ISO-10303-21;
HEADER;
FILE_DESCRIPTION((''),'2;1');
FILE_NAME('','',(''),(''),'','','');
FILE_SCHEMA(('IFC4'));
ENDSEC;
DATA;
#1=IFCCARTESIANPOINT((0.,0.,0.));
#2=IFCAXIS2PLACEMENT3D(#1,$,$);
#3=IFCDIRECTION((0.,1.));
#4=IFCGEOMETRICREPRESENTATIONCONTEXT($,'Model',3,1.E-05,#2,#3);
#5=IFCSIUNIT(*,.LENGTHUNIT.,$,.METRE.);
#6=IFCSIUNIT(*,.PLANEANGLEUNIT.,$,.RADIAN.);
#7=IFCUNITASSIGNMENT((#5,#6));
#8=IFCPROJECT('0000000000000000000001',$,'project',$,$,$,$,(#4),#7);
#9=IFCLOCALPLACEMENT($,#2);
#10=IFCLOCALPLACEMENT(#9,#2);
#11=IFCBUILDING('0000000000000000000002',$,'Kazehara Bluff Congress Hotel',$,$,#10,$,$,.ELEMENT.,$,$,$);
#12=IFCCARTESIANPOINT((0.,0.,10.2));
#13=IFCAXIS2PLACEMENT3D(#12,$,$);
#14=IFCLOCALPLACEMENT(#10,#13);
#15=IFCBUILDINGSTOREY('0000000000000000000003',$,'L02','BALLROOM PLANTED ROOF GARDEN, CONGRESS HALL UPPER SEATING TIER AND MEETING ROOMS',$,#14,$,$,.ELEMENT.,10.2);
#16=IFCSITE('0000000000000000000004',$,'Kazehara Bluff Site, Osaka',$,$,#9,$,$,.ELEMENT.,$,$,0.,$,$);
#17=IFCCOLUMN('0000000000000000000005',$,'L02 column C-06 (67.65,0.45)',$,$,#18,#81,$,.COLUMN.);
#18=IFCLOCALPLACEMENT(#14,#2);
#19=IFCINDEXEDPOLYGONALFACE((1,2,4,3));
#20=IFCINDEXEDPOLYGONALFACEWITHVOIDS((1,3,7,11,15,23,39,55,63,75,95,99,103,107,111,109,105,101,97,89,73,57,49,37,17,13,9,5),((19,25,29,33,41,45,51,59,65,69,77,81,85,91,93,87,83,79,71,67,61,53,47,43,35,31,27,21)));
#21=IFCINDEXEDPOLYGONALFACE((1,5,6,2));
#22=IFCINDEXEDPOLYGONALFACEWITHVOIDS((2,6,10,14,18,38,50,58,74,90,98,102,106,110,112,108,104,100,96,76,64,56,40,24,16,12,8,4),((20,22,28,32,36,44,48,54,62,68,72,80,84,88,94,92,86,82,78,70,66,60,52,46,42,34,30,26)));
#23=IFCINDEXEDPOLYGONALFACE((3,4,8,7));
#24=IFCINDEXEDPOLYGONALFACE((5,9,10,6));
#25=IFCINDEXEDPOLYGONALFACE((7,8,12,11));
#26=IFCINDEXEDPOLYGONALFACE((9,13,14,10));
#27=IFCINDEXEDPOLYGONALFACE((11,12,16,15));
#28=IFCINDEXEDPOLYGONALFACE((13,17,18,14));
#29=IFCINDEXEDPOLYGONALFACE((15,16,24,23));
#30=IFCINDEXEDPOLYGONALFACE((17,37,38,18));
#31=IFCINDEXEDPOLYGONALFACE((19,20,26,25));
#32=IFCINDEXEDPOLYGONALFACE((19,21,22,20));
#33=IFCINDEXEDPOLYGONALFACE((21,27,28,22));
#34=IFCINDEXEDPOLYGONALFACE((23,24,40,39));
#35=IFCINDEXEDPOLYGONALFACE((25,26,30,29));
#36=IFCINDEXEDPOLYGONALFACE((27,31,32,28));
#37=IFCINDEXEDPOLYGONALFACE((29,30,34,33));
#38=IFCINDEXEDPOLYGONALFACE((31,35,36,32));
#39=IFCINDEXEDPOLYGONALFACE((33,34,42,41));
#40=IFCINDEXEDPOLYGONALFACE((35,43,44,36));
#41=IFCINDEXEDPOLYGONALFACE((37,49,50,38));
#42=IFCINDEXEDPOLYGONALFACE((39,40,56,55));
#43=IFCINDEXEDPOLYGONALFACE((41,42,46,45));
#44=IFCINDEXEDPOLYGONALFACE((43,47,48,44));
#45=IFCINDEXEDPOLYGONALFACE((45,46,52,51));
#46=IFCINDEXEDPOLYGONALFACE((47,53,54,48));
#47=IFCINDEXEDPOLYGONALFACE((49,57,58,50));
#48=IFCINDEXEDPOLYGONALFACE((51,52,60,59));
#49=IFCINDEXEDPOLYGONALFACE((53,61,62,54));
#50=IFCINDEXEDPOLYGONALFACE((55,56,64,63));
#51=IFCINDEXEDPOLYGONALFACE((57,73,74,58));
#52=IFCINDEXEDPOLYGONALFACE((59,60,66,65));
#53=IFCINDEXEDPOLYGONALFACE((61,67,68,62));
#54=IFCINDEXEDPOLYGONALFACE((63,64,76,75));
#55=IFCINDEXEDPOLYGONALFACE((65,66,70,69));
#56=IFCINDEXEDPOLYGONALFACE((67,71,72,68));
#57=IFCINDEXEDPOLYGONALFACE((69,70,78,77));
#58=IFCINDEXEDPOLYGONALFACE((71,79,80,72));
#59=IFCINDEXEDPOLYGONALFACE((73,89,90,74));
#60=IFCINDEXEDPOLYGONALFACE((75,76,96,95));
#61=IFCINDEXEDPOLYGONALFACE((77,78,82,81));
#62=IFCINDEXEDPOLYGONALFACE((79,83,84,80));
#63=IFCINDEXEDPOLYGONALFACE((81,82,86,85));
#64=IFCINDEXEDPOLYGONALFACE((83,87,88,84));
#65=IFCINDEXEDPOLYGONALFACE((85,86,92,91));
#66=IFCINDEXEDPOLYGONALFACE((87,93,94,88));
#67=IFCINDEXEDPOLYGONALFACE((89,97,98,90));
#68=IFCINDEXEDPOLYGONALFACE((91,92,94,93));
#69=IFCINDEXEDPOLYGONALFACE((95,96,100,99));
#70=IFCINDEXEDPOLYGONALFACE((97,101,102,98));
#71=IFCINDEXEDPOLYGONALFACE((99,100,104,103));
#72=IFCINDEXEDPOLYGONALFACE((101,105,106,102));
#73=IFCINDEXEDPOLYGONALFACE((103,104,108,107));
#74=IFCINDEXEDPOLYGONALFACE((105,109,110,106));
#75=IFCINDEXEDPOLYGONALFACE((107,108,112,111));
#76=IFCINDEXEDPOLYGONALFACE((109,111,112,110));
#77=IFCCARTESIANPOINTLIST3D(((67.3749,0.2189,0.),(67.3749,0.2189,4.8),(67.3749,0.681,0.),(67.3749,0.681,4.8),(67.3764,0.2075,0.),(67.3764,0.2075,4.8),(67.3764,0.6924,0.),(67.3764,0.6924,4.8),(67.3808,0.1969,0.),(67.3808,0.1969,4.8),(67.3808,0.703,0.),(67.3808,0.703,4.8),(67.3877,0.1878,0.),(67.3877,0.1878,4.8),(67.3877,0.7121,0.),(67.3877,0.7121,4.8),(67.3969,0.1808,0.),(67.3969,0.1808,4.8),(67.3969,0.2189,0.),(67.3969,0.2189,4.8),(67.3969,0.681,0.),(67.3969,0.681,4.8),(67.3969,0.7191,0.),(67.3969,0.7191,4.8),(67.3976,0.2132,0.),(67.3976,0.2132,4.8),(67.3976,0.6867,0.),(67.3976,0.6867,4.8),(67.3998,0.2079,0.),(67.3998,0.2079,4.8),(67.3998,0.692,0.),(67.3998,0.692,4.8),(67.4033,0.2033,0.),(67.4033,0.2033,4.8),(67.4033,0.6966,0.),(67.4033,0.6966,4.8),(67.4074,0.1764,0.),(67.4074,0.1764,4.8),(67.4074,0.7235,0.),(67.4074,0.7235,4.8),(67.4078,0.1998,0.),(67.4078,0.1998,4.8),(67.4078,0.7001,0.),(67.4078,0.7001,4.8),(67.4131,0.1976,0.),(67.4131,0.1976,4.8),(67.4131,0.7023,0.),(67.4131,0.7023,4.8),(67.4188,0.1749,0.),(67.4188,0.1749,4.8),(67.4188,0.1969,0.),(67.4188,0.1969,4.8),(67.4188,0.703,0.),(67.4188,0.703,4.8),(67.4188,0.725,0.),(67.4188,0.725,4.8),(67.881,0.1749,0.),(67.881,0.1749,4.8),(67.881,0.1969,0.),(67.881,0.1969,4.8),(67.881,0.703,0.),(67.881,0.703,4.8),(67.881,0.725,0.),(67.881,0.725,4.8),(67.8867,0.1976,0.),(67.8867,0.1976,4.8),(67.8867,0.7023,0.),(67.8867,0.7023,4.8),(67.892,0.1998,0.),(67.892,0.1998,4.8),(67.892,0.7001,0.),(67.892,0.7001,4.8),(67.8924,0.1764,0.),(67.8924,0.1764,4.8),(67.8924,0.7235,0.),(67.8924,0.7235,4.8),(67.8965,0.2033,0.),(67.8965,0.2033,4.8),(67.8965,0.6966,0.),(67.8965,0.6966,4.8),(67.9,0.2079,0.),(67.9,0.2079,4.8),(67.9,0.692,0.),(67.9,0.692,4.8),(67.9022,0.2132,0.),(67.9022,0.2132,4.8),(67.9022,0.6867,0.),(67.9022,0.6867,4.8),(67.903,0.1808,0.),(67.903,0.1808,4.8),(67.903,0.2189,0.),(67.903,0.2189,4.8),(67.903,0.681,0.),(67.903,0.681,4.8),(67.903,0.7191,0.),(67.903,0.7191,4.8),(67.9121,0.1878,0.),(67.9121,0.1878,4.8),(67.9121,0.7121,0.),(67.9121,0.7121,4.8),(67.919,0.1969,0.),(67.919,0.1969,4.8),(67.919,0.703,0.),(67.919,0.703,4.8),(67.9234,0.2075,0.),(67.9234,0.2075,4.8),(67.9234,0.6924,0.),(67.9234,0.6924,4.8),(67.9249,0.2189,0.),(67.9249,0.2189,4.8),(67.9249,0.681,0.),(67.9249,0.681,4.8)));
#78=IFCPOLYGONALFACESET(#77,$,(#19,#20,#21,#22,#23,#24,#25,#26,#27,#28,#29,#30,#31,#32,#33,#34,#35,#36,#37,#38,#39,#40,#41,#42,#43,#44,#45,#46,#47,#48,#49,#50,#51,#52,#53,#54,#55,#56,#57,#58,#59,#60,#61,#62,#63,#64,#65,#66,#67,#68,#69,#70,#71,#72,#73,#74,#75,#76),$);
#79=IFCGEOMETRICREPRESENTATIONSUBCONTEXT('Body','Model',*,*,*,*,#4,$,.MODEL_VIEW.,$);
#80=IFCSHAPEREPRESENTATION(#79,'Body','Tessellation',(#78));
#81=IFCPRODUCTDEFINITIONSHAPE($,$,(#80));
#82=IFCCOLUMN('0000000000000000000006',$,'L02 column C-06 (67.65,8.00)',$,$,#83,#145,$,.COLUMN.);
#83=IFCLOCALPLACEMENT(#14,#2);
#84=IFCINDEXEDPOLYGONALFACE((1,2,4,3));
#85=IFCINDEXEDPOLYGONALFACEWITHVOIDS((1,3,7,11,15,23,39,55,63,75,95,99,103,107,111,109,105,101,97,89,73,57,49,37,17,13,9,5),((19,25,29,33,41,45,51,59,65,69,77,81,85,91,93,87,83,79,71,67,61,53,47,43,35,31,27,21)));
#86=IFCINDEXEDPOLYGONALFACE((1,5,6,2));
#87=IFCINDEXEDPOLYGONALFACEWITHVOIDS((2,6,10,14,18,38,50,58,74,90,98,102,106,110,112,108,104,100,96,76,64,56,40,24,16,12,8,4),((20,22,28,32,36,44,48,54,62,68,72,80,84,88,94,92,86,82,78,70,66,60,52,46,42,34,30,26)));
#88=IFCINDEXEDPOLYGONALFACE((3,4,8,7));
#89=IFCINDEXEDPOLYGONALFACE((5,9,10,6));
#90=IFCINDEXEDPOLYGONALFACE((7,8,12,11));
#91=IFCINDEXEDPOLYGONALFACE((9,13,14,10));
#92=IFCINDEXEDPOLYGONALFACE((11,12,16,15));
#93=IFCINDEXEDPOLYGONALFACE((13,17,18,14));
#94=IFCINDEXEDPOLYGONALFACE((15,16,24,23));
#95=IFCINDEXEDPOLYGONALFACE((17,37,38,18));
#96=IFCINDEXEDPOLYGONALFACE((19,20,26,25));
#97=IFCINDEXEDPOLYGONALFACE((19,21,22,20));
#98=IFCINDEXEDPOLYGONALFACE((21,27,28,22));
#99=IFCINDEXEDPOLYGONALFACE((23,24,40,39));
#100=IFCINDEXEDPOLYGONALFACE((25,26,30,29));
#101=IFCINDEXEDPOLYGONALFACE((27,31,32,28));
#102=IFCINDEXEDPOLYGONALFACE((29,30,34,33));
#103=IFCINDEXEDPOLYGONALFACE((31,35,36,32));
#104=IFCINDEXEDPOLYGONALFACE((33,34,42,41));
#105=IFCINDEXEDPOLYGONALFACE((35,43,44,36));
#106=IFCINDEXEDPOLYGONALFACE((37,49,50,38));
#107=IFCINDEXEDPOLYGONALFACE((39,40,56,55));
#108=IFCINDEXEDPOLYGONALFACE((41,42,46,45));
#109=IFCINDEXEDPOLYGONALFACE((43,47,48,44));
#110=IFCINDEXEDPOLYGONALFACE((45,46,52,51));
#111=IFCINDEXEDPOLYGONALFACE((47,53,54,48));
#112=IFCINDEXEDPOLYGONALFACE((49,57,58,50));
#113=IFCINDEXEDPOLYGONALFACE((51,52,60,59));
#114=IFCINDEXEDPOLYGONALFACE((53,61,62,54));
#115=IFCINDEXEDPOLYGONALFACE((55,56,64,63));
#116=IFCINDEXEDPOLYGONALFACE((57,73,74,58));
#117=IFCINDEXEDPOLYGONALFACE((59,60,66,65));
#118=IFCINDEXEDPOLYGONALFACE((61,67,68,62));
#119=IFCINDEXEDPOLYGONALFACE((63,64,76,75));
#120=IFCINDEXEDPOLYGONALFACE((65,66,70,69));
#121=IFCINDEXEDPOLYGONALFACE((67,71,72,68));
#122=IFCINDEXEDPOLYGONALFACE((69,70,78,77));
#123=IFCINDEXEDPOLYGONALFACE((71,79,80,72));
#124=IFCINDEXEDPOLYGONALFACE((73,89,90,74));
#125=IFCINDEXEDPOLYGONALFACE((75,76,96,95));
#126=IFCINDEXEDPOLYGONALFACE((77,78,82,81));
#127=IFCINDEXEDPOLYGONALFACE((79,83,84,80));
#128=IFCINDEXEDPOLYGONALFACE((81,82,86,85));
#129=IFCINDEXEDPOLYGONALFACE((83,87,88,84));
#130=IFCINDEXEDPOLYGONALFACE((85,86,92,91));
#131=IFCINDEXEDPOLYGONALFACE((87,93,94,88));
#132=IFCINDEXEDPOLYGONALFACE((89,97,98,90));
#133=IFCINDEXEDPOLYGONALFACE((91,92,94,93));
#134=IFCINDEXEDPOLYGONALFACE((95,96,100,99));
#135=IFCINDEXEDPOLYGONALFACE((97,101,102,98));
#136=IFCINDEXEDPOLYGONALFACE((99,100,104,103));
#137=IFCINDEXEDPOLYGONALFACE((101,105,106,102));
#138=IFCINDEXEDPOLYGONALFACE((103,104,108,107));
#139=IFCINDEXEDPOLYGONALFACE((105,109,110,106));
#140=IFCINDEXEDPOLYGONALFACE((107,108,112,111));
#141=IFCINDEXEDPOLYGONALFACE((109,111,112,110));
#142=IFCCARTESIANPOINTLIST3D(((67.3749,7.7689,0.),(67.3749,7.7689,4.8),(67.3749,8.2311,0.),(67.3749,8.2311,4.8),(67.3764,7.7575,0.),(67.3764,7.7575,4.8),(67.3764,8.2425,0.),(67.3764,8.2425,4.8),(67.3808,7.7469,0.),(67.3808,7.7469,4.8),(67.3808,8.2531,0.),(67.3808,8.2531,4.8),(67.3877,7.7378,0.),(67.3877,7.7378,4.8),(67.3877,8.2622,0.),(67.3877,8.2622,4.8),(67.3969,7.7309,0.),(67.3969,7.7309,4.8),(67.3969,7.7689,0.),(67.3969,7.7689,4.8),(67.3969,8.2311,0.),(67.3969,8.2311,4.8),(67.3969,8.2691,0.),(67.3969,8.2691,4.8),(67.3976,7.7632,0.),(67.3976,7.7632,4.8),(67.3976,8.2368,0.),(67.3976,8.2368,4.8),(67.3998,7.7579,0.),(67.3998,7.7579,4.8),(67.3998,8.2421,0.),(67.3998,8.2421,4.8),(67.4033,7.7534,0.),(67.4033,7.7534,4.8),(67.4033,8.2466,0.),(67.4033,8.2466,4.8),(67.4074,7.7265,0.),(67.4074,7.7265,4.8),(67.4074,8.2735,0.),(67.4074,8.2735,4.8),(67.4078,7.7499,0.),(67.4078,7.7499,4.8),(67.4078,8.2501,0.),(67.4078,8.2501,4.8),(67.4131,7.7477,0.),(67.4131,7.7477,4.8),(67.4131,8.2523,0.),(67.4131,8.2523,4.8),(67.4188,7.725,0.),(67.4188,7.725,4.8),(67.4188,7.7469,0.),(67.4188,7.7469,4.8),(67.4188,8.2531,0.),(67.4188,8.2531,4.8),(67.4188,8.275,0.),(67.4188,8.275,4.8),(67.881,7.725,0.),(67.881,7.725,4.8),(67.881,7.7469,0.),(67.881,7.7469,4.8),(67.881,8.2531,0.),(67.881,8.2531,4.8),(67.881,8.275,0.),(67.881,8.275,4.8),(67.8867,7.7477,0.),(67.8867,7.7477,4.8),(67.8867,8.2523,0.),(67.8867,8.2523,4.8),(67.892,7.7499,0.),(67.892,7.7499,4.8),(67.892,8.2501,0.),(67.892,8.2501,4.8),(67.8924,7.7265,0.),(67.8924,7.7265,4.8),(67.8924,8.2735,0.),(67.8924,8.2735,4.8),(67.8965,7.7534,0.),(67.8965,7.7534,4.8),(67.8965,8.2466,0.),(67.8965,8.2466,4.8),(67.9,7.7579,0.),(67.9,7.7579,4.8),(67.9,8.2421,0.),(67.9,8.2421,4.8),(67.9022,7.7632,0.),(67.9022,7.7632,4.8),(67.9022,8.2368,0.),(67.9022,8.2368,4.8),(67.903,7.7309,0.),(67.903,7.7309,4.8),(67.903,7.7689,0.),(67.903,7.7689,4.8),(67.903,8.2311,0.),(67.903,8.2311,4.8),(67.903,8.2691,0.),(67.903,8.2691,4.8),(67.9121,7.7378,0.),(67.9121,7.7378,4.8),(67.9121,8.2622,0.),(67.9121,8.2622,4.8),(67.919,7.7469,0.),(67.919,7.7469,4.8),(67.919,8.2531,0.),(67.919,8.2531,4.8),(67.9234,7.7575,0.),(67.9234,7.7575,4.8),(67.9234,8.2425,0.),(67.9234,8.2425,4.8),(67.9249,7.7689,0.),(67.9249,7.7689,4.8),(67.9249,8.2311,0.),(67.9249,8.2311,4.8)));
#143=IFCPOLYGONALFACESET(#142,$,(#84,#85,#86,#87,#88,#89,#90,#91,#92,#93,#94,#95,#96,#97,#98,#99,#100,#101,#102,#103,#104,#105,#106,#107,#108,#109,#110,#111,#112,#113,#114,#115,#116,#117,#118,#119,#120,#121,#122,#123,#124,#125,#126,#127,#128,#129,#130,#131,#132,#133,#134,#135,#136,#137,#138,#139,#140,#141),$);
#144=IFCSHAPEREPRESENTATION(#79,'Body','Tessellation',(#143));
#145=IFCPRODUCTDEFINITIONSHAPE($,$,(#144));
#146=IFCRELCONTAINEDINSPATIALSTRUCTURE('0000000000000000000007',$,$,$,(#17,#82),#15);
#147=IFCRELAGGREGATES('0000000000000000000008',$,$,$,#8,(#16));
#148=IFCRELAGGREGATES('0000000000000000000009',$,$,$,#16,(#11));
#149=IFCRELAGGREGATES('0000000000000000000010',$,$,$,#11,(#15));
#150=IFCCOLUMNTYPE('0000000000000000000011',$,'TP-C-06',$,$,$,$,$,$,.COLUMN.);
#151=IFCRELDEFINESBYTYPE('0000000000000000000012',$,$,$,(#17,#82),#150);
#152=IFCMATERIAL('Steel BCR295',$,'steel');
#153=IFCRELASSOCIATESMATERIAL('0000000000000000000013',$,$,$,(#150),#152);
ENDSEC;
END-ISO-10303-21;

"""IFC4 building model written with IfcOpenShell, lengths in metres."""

from ifc_helpers import new_model, si_unit, direction, frame, origin, origin_2d, place, context, subcontext, project, spatial, hollow_rectangle, extrude, material, material_profile, profile_set, type_object, element, save


model = new_model("IFC4")

# Units and contexts
model_context = context("Model", 3, precision=1e-05, world=origin(), true_north=direction((0.0, 1.0)))
body_context = subcontext(model_context, "Body", "Model", "MODEL_VIEW")
ifc_project = project(units=[si_unit("LENGTHUNIT", "METRE"), si_unit("PLANEANGLEUNIT", "RADIAN")], contexts=[model_context])

# Site, building, storey
site_placement = place(None, origin())
site = spatial("IfcSite", under=ifc_project, at=site_placement, Name="Kazehara Bluff Site, Osaka", CompositionType="ELEMENT", RefElevation=0.0)
building_placement = place(site_placement, origin())
building = spatial("IfcBuilding", under=site, at=building_placement, Name="Kazehara Bluff Congress Hotel", CompositionType="ELEMENT")
storey_placement = place(building_placement, frame((0.0, 0.0, 10.2)))
storey = spatial("IfcBuildingStorey", under=building, at=storey_placement, Name="L02", Description="BALLROOM PLANTED ROOF GARDEN, CONGRESS HALL UPPER SEATING TIER AND MEETING ROOMS", CompositionType="ELEMENT", Elevation=10.2)

# Columns
ifc_material_1 = material(Name="Steel BCR295", Category="steel")
ifc_material_profile_1 = material_profile(ifc_material_1, hollow_rectangle(XDim=0.55, YDim=0.55, WallThickness=0.022, InnerFilletRadius=0.022, OuterFilletRadius=0.0439, at=origin_2d()))
ifc_profile_set_1 = profile_set([ifc_material_profile_1], Name="Steel BCR295")
column_type = type_object("IfcColumnType", Name="TP-C-06", PredefinedType="COLUMN", material=ifc_profile_set_1)
for number, where, z_axis, x_axis, name in (
    (1, (67.6499, 0.45, 0.0), (0.0, 0.0, 1.0), (1.0, 0.0, 0.0), "L02 column C-06 (67.65,0.45)"),
    (2, (67.6499, 8.0, 0.0), (0.0, 0.0, 1.0), (1.0, 0.0, 0.0), "L02 column C-06 (67.65,8.00)"),
):
    element("IfcColumn", number, at=place(storey_placement, frame(where, z_axis=z_axis, x_axis=x_axis)), inside=storey, type_object=column_type, Name=name, PredefinedType="COLUMN", context=body_context, shape_type="SweptSolid", body=[
        extrude(hollow_rectangle(XDim=0.55, YDim=0.55, WallThickness=0.022, InnerFilletRadius=0.022, OuterFilletRadius=0.0439, at=origin_2d()), origin(), (0.0, 0.0, 1.0), 4.8),
    ])

save(model, "model.ifc")
